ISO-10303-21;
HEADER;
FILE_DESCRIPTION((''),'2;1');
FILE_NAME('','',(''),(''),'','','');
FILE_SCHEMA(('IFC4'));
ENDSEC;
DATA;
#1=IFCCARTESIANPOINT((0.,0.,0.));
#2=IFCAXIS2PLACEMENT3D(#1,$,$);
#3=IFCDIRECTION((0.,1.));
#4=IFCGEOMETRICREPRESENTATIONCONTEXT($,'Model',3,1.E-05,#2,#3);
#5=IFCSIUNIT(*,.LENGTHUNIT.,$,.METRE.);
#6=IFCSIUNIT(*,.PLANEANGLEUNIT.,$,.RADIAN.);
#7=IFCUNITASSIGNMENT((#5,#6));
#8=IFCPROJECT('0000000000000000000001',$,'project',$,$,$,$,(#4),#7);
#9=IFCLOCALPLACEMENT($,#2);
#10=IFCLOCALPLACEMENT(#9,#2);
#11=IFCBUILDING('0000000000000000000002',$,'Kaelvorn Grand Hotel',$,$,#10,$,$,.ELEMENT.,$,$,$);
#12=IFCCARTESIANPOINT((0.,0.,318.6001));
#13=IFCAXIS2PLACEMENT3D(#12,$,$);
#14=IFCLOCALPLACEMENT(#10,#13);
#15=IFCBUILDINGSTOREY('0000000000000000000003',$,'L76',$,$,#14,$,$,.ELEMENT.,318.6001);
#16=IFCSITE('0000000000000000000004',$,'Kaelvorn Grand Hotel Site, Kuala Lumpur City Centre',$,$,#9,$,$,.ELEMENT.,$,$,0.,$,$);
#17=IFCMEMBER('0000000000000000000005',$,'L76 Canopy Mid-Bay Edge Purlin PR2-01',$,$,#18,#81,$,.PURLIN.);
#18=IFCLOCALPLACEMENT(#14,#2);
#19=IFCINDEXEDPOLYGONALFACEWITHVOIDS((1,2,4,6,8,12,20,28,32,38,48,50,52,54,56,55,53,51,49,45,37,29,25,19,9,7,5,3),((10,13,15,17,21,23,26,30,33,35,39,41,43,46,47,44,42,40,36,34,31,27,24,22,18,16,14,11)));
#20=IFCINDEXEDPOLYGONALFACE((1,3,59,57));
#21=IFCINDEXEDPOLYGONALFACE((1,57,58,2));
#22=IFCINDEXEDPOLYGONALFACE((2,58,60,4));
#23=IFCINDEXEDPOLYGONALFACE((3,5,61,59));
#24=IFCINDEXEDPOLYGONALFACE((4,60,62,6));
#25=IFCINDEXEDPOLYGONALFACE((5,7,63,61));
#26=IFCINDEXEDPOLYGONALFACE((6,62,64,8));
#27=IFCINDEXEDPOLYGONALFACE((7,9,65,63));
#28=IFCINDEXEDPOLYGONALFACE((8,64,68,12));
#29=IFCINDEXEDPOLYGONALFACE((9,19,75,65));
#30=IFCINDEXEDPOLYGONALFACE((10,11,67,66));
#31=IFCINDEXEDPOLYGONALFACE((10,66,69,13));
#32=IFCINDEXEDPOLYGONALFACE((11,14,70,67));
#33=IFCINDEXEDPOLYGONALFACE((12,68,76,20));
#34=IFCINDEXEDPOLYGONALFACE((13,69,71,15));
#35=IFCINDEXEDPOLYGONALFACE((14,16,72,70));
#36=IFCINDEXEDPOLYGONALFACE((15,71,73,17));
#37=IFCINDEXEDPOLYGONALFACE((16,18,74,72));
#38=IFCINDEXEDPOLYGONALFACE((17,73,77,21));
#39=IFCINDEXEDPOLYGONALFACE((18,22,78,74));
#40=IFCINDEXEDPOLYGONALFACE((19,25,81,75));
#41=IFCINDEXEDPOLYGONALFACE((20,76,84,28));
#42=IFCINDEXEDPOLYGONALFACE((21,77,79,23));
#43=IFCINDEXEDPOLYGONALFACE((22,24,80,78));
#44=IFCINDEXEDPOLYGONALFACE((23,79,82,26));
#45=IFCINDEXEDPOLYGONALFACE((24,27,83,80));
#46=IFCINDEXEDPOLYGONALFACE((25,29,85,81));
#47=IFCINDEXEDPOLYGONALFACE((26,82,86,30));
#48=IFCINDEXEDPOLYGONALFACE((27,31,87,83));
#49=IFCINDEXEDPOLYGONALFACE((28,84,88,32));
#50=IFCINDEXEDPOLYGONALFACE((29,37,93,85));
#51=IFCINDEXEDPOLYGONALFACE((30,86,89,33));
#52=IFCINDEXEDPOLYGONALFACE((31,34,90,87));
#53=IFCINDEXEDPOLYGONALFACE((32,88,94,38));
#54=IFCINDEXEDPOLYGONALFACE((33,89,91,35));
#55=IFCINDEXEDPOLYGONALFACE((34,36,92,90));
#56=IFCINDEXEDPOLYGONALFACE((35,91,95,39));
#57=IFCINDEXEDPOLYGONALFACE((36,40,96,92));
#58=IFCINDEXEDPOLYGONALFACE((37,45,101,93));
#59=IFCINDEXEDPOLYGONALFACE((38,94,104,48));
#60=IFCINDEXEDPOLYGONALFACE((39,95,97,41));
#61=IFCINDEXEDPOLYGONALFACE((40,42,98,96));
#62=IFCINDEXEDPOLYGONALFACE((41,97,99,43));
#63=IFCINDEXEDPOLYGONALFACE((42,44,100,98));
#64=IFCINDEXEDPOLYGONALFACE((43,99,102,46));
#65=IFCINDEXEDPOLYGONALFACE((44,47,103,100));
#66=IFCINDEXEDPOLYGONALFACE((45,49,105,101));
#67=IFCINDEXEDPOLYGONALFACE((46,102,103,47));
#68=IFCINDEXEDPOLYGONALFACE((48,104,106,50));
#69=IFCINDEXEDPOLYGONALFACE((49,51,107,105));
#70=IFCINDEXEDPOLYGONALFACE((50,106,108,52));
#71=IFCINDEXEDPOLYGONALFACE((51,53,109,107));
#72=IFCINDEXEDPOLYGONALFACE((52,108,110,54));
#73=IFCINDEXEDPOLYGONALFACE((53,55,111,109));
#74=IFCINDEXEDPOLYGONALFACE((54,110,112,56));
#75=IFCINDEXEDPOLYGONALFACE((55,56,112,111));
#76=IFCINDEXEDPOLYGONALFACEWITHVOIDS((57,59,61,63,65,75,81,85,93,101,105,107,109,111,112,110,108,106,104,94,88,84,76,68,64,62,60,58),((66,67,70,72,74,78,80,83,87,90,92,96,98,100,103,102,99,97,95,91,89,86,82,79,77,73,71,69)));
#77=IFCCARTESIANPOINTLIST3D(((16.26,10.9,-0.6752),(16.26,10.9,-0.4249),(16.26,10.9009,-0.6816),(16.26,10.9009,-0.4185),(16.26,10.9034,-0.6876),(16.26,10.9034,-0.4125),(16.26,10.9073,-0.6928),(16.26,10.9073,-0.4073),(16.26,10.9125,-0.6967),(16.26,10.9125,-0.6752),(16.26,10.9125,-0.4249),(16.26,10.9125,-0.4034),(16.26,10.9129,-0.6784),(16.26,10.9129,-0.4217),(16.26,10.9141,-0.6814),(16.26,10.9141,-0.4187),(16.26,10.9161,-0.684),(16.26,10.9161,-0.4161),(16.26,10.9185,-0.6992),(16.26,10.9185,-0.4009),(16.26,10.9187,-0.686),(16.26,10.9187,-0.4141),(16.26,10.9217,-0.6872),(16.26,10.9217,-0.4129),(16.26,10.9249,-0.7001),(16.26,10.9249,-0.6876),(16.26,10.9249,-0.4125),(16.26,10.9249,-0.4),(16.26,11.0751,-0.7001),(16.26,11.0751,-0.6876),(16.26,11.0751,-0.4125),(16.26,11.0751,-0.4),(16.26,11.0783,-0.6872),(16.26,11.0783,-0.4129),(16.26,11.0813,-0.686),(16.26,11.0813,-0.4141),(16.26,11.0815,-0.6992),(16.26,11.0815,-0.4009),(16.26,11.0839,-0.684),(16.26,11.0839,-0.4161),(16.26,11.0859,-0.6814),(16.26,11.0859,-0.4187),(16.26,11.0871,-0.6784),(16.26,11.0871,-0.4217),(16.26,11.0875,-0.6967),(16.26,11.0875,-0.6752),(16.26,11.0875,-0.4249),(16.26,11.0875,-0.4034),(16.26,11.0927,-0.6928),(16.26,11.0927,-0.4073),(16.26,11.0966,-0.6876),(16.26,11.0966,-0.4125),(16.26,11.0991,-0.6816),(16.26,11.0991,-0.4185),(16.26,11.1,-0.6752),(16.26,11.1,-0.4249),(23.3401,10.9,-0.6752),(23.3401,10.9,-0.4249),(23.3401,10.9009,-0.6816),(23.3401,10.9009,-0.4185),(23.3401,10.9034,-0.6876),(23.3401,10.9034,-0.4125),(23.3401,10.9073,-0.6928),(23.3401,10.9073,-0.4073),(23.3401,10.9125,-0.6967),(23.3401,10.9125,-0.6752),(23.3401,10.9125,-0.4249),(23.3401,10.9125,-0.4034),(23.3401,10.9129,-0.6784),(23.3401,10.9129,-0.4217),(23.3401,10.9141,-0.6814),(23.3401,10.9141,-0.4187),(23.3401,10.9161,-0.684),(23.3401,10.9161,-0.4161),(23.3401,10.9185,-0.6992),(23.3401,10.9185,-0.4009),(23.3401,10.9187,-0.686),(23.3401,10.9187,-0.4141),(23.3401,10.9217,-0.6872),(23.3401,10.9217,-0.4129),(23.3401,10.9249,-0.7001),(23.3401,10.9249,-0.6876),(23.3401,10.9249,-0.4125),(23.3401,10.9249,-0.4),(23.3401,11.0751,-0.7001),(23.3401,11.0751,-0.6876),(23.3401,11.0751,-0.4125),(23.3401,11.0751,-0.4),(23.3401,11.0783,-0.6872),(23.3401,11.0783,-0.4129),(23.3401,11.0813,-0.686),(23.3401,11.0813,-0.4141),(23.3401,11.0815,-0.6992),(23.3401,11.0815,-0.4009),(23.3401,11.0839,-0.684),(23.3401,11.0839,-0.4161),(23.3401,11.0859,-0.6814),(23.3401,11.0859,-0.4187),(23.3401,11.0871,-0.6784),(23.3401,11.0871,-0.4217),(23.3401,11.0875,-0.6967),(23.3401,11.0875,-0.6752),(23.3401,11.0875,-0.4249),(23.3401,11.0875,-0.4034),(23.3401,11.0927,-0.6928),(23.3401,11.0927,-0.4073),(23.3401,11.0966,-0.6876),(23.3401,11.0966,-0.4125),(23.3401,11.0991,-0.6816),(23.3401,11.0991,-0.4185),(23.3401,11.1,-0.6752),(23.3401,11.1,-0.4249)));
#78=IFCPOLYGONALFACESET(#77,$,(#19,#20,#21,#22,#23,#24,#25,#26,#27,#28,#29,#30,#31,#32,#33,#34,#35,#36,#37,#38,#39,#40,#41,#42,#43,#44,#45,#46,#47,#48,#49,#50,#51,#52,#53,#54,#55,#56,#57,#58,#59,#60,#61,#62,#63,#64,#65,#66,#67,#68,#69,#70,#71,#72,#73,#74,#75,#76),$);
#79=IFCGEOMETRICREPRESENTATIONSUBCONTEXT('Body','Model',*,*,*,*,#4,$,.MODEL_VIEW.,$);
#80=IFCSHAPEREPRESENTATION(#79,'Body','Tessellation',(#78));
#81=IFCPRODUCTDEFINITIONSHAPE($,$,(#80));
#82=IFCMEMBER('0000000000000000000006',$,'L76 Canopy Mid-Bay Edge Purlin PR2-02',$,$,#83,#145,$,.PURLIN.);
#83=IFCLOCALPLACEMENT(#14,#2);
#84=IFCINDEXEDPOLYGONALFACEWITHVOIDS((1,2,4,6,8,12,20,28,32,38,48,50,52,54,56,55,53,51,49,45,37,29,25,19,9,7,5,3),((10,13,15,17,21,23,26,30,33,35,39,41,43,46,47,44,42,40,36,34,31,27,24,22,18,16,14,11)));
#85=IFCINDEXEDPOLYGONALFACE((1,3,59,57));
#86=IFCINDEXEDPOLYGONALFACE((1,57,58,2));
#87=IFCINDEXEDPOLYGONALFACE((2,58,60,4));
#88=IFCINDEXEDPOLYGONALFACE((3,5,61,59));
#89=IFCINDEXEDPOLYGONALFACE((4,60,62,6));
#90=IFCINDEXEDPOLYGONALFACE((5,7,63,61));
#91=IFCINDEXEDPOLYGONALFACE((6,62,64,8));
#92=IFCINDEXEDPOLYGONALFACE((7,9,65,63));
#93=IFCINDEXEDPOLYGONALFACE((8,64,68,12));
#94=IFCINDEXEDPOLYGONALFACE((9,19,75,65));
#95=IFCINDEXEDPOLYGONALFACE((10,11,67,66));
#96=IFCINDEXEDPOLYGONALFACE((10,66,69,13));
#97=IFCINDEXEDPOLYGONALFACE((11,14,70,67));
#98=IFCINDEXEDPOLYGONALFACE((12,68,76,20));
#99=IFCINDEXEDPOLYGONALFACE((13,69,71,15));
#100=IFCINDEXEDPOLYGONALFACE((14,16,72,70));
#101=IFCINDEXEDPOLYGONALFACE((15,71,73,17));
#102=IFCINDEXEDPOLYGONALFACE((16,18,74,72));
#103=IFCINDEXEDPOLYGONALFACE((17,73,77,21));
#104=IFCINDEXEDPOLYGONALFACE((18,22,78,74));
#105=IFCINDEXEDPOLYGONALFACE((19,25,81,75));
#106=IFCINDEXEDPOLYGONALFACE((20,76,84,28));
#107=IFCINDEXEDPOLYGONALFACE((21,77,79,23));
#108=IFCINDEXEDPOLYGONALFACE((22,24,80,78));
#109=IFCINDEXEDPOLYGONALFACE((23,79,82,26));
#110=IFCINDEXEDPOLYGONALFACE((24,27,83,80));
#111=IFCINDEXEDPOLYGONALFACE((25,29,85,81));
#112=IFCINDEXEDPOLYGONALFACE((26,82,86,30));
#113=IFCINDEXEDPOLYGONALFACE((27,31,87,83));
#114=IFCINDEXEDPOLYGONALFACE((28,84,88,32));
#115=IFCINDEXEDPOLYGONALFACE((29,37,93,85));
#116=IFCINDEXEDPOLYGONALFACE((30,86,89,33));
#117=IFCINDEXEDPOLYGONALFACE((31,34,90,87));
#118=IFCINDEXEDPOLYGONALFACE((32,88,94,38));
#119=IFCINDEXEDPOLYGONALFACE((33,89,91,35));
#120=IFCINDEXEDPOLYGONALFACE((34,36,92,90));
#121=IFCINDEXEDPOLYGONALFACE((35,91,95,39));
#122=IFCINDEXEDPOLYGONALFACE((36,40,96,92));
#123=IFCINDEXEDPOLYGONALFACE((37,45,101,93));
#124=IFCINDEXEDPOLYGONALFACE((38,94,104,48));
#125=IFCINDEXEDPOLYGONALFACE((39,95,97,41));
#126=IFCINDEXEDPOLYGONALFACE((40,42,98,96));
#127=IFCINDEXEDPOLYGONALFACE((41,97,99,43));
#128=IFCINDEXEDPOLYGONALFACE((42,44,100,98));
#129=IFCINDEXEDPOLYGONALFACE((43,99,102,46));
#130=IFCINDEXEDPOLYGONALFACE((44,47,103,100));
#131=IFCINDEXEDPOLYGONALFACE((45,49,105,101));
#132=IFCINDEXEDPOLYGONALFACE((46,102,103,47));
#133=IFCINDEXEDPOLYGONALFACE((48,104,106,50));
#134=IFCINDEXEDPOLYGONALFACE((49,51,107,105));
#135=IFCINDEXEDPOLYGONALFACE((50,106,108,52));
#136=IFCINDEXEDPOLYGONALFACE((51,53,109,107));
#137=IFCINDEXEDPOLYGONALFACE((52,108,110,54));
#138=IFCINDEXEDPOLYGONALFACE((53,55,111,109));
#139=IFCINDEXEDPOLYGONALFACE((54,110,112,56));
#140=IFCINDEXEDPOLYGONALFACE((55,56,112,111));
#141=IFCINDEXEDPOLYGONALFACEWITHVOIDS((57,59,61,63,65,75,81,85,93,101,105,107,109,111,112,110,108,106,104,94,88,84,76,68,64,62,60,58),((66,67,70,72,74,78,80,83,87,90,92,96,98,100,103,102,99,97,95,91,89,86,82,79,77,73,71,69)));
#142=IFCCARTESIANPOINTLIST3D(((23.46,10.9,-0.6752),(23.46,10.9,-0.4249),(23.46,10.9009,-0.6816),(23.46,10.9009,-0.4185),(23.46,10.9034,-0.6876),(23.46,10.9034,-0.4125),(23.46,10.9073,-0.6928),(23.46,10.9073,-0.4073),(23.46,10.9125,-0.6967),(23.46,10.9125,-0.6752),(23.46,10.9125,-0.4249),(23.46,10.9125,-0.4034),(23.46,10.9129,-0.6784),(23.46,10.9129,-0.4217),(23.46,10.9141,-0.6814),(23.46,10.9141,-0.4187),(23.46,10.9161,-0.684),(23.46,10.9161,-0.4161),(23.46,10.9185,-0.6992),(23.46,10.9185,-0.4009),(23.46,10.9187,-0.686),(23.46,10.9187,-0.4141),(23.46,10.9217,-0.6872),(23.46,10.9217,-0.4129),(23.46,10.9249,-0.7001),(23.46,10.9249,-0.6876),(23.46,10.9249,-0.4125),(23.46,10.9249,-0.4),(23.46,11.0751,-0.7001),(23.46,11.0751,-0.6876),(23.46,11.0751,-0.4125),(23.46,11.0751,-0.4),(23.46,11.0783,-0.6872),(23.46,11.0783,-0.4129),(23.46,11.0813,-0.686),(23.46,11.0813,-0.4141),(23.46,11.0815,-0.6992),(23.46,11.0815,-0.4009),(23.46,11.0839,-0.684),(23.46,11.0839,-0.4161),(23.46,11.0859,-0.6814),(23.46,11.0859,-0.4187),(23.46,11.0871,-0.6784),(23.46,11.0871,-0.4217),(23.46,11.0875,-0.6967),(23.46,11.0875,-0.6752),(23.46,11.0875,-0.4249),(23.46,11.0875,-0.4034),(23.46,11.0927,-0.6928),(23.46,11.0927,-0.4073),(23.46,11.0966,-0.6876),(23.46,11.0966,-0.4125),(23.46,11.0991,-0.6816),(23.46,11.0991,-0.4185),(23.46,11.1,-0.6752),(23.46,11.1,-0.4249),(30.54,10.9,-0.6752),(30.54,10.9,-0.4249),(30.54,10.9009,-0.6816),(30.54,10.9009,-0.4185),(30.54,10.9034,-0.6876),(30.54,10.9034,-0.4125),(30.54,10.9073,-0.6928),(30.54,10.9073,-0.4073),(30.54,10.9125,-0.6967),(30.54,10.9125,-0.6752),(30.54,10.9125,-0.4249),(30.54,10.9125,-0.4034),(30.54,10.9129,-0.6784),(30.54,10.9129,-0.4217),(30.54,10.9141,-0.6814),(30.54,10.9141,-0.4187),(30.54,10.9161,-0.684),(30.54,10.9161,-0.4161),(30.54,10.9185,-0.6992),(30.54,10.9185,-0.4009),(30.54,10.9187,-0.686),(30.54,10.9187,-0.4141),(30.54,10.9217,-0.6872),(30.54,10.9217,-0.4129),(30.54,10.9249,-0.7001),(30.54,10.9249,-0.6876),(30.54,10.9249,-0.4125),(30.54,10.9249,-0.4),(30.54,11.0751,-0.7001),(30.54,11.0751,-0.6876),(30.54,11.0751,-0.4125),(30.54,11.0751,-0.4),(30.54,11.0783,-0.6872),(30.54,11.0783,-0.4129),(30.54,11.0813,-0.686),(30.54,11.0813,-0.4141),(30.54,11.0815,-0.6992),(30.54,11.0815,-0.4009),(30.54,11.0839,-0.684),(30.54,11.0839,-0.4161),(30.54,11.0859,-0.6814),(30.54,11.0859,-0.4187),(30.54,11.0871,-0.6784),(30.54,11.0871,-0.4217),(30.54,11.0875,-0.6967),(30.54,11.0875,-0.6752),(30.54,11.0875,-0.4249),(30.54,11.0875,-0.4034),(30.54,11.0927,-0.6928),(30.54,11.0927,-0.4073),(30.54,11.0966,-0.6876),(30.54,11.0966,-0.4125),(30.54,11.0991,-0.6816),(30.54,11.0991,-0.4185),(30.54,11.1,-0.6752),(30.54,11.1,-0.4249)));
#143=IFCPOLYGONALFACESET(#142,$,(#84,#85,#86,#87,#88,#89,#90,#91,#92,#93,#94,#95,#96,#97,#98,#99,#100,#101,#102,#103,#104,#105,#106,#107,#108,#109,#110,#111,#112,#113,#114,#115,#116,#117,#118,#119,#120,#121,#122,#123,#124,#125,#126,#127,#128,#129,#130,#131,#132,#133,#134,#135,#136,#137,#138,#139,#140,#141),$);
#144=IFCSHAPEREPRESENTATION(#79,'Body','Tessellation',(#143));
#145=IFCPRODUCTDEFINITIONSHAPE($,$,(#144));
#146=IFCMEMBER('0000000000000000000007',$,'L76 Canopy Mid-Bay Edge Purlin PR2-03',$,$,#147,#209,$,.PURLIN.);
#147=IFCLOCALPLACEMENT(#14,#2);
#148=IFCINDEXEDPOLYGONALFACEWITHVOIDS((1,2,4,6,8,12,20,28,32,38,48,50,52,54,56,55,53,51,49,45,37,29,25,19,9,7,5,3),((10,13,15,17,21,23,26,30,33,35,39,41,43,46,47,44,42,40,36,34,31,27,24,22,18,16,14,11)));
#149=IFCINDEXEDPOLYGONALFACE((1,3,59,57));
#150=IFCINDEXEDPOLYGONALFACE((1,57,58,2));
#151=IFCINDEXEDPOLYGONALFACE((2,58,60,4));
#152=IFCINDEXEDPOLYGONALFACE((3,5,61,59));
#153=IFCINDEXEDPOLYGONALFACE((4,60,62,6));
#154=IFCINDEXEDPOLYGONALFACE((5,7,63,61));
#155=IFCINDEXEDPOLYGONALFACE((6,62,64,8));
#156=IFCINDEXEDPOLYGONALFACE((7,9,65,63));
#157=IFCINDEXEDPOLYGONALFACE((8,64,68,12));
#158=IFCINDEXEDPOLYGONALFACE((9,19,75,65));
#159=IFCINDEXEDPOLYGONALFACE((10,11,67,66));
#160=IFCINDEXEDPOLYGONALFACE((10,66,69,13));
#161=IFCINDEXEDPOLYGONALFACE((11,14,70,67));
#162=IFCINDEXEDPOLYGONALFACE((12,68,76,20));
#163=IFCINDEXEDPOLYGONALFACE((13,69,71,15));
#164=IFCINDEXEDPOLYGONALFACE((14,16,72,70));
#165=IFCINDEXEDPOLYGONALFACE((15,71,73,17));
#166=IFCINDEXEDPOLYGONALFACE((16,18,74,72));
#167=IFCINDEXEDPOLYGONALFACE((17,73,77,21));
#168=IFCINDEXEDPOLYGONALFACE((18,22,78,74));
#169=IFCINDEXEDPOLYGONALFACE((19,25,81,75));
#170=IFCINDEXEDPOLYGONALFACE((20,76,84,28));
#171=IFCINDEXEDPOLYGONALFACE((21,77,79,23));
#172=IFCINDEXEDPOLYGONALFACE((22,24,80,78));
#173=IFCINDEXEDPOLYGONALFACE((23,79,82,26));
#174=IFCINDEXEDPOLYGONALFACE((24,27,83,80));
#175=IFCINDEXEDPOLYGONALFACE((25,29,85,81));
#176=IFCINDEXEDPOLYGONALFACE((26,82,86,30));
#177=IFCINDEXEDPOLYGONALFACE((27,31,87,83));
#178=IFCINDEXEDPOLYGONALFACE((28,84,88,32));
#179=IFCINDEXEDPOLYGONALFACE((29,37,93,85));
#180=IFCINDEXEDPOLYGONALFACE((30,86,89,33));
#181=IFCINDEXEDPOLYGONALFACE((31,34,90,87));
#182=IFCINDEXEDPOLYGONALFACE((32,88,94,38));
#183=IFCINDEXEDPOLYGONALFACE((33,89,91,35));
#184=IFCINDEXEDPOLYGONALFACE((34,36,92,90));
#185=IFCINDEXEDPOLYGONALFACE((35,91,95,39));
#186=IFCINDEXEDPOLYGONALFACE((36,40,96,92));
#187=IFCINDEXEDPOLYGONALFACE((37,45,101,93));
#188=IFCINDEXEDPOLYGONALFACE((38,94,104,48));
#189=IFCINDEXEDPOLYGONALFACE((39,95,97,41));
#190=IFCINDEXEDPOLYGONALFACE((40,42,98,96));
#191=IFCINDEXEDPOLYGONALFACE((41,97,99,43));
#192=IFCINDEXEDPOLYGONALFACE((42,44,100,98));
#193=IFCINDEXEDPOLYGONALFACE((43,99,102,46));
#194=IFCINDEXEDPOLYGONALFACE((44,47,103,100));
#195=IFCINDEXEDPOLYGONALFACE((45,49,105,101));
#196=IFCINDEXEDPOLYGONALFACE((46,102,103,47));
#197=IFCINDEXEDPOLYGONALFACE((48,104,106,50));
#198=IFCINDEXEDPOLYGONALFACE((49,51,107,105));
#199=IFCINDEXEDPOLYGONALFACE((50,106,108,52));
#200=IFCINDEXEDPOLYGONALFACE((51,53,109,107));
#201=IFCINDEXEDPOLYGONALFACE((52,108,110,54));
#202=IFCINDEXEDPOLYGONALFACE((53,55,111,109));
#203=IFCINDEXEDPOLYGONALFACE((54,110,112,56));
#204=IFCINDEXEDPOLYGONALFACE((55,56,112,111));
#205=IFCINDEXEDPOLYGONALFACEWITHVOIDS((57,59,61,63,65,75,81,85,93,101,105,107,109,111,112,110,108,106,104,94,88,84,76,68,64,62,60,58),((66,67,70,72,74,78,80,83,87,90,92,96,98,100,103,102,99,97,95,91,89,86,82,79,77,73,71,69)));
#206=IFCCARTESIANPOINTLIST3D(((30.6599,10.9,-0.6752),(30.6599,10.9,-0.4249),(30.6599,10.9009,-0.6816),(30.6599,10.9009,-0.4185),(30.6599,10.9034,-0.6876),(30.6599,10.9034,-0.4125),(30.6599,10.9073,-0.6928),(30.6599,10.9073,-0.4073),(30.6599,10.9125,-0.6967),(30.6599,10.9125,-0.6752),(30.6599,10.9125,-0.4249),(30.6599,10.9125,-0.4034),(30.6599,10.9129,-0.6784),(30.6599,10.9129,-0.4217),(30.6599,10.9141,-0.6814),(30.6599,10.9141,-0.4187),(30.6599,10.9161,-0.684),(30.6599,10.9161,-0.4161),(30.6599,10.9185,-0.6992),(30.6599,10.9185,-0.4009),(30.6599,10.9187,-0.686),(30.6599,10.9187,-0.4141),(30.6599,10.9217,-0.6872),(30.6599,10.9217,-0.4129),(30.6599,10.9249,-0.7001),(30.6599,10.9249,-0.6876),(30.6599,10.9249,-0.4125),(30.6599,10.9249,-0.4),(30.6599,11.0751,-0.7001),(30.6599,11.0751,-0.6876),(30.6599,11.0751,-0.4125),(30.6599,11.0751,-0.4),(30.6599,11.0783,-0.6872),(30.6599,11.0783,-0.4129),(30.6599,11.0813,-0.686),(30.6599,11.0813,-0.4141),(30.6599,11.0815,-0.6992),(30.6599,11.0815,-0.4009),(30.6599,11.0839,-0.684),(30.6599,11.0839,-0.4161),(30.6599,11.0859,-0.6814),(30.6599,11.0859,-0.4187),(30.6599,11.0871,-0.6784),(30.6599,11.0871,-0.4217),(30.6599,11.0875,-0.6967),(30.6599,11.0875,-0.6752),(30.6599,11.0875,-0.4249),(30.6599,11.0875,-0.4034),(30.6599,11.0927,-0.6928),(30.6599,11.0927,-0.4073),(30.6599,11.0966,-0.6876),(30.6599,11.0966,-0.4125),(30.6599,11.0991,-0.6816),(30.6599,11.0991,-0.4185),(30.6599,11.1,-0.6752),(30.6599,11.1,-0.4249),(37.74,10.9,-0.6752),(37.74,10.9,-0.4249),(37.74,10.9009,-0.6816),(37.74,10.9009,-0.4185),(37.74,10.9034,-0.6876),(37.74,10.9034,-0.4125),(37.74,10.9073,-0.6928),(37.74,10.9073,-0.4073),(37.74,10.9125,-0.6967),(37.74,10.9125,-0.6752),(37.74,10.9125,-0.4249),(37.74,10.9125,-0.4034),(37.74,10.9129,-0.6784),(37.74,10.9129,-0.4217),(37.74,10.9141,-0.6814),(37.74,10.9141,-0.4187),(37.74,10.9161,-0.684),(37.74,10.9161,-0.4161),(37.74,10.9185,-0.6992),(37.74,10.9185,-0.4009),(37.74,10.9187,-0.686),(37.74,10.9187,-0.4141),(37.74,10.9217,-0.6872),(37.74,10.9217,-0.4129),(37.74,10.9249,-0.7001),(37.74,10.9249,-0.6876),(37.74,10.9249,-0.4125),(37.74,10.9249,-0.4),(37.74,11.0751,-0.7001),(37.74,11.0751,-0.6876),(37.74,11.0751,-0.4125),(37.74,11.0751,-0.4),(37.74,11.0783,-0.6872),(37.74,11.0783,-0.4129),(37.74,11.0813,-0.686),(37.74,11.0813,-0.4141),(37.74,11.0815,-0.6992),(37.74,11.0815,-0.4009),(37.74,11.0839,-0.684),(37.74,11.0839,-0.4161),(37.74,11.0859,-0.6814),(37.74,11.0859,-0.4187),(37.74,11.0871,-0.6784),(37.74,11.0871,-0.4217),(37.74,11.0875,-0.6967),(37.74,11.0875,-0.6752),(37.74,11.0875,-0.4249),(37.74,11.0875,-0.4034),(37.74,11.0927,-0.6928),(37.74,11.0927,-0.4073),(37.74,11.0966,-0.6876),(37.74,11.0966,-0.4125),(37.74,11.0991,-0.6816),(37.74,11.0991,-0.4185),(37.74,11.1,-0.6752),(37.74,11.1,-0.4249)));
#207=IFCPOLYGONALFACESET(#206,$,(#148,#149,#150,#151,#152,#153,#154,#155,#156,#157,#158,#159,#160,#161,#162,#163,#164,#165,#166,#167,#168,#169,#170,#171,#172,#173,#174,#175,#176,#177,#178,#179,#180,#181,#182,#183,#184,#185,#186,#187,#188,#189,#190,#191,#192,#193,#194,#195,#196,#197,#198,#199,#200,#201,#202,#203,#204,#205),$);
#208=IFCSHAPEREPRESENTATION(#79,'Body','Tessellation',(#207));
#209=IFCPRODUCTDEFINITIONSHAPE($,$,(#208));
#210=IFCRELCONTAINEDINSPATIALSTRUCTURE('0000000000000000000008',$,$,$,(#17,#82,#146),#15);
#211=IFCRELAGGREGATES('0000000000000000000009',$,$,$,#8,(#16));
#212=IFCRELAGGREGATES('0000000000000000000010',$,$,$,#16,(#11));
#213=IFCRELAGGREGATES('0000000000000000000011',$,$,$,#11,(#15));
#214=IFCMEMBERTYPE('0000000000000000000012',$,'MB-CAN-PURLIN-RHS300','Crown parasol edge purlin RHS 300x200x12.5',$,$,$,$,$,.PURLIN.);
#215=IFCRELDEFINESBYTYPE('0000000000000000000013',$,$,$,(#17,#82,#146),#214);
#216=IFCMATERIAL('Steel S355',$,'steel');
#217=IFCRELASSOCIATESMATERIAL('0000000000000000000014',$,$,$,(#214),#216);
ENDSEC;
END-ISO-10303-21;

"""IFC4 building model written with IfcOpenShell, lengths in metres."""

from ifc_helpers import new_model, si_unit, direction, frame, origin, origin_2d, place, context, subcontext, project, spatial, hollow_rectangle, extrude, material, material_profile, profile_set, type_object, element, save


model = new_model("IFC4")

# Units and contexts
model_context = context("Model", 3, precision=1e-05, world=origin(), true_north=direction((0.0, 1.0)))
body_context = subcontext(model_context, "Body", "Model", "MODEL_VIEW")
ifc_project = project(units=[si_unit("LENGTHUNIT", "METRE"), si_unit("PLANEANGLEUNIT", "RADIAN")], contexts=[model_context])

# Site, building, storey
site_placement = place(None, origin())
site = spatial("IfcSite", under=ifc_project, at=site_placement, Name="Kaelvorn Grand Hotel Site, Kuala Lumpur City Centre", CompositionType="ELEMENT", RefElevation=0.0)
building_placement = place(site_placement, origin())
building = spatial("IfcBuilding", under=site, at=building_placement, Name="Kaelvorn Grand Hotel", CompositionType="ELEMENT")
storey_placement = place(building_placement, frame((0.0, 0.0, 318.6001)))
storey = spatial("IfcBuildingStorey", under=building, at=storey_placement, Name="L76", CompositionType="ELEMENT", Elevation=318.6001)

# Shared definitions
ifc_material_1 = material(Name="Steel S355", Category="steel")

# Members
ifc_material_profile_1 = material_profile(ifc_material_1, hollow_rectangle(XDim=0.2, YDim=0.3, WallThickness=0.0125, InnerFilletRadius=0.0125, OuterFilletRadius=0.0249, at=origin_2d()), Name="RHS 300x200x12.5")
ifc_profile_set_1 = profile_set([ifc_material_profile_1], Name="Steel S355")
member_type_1 = type_object("IfcMemberType", Name="MB-CAN-PURLIN-RHS300", Description="Crown parasol edge purlin RHS 300x200x12.5", PredefinedType="PURLIN", material=ifc_profile_set_1)
for number, where, z_axis, x_axis, name in (
    (1, (16.26, 11.0, -0.55), (1.0, 0.0, 0.0), (0.0, 1.0, 0.0), "L76 Canopy Mid-Bay Edge Purlin PR2-01"),
    (2, (23.46, 11.0, -0.55), (1.0, 0.0, 0.0), (0.0, 1.0, 0.0), "L76 Canopy Mid-Bay Edge Purlin PR2-02"),
    (3, (30.6599, 11.0, -0.55), (1.0, 0.0, 0.0), (0.0, 1.0, 0.0), "L76 Canopy Mid-Bay Edge Purlin PR2-03"),
):
    element("IfcMember", number, at=place(storey_placement, frame(where, z_axis=z_axis, x_axis=x_axis)), inside=storey, type_object=member_type_1, Name=name, PredefinedType="PURLIN", context=body_context, shape_type="SweptSolid", body=[
        extrude(hollow_rectangle(XDim=0.2, YDim=0.3, WallThickness=0.0125, InnerFilletRadius=0.0125, OuterFilletRadius=0.0249, at=origin_2d()), origin(), (0.0, 0.0, 1.0), 7.0801),
    ])

save(model, "model.ifc")
